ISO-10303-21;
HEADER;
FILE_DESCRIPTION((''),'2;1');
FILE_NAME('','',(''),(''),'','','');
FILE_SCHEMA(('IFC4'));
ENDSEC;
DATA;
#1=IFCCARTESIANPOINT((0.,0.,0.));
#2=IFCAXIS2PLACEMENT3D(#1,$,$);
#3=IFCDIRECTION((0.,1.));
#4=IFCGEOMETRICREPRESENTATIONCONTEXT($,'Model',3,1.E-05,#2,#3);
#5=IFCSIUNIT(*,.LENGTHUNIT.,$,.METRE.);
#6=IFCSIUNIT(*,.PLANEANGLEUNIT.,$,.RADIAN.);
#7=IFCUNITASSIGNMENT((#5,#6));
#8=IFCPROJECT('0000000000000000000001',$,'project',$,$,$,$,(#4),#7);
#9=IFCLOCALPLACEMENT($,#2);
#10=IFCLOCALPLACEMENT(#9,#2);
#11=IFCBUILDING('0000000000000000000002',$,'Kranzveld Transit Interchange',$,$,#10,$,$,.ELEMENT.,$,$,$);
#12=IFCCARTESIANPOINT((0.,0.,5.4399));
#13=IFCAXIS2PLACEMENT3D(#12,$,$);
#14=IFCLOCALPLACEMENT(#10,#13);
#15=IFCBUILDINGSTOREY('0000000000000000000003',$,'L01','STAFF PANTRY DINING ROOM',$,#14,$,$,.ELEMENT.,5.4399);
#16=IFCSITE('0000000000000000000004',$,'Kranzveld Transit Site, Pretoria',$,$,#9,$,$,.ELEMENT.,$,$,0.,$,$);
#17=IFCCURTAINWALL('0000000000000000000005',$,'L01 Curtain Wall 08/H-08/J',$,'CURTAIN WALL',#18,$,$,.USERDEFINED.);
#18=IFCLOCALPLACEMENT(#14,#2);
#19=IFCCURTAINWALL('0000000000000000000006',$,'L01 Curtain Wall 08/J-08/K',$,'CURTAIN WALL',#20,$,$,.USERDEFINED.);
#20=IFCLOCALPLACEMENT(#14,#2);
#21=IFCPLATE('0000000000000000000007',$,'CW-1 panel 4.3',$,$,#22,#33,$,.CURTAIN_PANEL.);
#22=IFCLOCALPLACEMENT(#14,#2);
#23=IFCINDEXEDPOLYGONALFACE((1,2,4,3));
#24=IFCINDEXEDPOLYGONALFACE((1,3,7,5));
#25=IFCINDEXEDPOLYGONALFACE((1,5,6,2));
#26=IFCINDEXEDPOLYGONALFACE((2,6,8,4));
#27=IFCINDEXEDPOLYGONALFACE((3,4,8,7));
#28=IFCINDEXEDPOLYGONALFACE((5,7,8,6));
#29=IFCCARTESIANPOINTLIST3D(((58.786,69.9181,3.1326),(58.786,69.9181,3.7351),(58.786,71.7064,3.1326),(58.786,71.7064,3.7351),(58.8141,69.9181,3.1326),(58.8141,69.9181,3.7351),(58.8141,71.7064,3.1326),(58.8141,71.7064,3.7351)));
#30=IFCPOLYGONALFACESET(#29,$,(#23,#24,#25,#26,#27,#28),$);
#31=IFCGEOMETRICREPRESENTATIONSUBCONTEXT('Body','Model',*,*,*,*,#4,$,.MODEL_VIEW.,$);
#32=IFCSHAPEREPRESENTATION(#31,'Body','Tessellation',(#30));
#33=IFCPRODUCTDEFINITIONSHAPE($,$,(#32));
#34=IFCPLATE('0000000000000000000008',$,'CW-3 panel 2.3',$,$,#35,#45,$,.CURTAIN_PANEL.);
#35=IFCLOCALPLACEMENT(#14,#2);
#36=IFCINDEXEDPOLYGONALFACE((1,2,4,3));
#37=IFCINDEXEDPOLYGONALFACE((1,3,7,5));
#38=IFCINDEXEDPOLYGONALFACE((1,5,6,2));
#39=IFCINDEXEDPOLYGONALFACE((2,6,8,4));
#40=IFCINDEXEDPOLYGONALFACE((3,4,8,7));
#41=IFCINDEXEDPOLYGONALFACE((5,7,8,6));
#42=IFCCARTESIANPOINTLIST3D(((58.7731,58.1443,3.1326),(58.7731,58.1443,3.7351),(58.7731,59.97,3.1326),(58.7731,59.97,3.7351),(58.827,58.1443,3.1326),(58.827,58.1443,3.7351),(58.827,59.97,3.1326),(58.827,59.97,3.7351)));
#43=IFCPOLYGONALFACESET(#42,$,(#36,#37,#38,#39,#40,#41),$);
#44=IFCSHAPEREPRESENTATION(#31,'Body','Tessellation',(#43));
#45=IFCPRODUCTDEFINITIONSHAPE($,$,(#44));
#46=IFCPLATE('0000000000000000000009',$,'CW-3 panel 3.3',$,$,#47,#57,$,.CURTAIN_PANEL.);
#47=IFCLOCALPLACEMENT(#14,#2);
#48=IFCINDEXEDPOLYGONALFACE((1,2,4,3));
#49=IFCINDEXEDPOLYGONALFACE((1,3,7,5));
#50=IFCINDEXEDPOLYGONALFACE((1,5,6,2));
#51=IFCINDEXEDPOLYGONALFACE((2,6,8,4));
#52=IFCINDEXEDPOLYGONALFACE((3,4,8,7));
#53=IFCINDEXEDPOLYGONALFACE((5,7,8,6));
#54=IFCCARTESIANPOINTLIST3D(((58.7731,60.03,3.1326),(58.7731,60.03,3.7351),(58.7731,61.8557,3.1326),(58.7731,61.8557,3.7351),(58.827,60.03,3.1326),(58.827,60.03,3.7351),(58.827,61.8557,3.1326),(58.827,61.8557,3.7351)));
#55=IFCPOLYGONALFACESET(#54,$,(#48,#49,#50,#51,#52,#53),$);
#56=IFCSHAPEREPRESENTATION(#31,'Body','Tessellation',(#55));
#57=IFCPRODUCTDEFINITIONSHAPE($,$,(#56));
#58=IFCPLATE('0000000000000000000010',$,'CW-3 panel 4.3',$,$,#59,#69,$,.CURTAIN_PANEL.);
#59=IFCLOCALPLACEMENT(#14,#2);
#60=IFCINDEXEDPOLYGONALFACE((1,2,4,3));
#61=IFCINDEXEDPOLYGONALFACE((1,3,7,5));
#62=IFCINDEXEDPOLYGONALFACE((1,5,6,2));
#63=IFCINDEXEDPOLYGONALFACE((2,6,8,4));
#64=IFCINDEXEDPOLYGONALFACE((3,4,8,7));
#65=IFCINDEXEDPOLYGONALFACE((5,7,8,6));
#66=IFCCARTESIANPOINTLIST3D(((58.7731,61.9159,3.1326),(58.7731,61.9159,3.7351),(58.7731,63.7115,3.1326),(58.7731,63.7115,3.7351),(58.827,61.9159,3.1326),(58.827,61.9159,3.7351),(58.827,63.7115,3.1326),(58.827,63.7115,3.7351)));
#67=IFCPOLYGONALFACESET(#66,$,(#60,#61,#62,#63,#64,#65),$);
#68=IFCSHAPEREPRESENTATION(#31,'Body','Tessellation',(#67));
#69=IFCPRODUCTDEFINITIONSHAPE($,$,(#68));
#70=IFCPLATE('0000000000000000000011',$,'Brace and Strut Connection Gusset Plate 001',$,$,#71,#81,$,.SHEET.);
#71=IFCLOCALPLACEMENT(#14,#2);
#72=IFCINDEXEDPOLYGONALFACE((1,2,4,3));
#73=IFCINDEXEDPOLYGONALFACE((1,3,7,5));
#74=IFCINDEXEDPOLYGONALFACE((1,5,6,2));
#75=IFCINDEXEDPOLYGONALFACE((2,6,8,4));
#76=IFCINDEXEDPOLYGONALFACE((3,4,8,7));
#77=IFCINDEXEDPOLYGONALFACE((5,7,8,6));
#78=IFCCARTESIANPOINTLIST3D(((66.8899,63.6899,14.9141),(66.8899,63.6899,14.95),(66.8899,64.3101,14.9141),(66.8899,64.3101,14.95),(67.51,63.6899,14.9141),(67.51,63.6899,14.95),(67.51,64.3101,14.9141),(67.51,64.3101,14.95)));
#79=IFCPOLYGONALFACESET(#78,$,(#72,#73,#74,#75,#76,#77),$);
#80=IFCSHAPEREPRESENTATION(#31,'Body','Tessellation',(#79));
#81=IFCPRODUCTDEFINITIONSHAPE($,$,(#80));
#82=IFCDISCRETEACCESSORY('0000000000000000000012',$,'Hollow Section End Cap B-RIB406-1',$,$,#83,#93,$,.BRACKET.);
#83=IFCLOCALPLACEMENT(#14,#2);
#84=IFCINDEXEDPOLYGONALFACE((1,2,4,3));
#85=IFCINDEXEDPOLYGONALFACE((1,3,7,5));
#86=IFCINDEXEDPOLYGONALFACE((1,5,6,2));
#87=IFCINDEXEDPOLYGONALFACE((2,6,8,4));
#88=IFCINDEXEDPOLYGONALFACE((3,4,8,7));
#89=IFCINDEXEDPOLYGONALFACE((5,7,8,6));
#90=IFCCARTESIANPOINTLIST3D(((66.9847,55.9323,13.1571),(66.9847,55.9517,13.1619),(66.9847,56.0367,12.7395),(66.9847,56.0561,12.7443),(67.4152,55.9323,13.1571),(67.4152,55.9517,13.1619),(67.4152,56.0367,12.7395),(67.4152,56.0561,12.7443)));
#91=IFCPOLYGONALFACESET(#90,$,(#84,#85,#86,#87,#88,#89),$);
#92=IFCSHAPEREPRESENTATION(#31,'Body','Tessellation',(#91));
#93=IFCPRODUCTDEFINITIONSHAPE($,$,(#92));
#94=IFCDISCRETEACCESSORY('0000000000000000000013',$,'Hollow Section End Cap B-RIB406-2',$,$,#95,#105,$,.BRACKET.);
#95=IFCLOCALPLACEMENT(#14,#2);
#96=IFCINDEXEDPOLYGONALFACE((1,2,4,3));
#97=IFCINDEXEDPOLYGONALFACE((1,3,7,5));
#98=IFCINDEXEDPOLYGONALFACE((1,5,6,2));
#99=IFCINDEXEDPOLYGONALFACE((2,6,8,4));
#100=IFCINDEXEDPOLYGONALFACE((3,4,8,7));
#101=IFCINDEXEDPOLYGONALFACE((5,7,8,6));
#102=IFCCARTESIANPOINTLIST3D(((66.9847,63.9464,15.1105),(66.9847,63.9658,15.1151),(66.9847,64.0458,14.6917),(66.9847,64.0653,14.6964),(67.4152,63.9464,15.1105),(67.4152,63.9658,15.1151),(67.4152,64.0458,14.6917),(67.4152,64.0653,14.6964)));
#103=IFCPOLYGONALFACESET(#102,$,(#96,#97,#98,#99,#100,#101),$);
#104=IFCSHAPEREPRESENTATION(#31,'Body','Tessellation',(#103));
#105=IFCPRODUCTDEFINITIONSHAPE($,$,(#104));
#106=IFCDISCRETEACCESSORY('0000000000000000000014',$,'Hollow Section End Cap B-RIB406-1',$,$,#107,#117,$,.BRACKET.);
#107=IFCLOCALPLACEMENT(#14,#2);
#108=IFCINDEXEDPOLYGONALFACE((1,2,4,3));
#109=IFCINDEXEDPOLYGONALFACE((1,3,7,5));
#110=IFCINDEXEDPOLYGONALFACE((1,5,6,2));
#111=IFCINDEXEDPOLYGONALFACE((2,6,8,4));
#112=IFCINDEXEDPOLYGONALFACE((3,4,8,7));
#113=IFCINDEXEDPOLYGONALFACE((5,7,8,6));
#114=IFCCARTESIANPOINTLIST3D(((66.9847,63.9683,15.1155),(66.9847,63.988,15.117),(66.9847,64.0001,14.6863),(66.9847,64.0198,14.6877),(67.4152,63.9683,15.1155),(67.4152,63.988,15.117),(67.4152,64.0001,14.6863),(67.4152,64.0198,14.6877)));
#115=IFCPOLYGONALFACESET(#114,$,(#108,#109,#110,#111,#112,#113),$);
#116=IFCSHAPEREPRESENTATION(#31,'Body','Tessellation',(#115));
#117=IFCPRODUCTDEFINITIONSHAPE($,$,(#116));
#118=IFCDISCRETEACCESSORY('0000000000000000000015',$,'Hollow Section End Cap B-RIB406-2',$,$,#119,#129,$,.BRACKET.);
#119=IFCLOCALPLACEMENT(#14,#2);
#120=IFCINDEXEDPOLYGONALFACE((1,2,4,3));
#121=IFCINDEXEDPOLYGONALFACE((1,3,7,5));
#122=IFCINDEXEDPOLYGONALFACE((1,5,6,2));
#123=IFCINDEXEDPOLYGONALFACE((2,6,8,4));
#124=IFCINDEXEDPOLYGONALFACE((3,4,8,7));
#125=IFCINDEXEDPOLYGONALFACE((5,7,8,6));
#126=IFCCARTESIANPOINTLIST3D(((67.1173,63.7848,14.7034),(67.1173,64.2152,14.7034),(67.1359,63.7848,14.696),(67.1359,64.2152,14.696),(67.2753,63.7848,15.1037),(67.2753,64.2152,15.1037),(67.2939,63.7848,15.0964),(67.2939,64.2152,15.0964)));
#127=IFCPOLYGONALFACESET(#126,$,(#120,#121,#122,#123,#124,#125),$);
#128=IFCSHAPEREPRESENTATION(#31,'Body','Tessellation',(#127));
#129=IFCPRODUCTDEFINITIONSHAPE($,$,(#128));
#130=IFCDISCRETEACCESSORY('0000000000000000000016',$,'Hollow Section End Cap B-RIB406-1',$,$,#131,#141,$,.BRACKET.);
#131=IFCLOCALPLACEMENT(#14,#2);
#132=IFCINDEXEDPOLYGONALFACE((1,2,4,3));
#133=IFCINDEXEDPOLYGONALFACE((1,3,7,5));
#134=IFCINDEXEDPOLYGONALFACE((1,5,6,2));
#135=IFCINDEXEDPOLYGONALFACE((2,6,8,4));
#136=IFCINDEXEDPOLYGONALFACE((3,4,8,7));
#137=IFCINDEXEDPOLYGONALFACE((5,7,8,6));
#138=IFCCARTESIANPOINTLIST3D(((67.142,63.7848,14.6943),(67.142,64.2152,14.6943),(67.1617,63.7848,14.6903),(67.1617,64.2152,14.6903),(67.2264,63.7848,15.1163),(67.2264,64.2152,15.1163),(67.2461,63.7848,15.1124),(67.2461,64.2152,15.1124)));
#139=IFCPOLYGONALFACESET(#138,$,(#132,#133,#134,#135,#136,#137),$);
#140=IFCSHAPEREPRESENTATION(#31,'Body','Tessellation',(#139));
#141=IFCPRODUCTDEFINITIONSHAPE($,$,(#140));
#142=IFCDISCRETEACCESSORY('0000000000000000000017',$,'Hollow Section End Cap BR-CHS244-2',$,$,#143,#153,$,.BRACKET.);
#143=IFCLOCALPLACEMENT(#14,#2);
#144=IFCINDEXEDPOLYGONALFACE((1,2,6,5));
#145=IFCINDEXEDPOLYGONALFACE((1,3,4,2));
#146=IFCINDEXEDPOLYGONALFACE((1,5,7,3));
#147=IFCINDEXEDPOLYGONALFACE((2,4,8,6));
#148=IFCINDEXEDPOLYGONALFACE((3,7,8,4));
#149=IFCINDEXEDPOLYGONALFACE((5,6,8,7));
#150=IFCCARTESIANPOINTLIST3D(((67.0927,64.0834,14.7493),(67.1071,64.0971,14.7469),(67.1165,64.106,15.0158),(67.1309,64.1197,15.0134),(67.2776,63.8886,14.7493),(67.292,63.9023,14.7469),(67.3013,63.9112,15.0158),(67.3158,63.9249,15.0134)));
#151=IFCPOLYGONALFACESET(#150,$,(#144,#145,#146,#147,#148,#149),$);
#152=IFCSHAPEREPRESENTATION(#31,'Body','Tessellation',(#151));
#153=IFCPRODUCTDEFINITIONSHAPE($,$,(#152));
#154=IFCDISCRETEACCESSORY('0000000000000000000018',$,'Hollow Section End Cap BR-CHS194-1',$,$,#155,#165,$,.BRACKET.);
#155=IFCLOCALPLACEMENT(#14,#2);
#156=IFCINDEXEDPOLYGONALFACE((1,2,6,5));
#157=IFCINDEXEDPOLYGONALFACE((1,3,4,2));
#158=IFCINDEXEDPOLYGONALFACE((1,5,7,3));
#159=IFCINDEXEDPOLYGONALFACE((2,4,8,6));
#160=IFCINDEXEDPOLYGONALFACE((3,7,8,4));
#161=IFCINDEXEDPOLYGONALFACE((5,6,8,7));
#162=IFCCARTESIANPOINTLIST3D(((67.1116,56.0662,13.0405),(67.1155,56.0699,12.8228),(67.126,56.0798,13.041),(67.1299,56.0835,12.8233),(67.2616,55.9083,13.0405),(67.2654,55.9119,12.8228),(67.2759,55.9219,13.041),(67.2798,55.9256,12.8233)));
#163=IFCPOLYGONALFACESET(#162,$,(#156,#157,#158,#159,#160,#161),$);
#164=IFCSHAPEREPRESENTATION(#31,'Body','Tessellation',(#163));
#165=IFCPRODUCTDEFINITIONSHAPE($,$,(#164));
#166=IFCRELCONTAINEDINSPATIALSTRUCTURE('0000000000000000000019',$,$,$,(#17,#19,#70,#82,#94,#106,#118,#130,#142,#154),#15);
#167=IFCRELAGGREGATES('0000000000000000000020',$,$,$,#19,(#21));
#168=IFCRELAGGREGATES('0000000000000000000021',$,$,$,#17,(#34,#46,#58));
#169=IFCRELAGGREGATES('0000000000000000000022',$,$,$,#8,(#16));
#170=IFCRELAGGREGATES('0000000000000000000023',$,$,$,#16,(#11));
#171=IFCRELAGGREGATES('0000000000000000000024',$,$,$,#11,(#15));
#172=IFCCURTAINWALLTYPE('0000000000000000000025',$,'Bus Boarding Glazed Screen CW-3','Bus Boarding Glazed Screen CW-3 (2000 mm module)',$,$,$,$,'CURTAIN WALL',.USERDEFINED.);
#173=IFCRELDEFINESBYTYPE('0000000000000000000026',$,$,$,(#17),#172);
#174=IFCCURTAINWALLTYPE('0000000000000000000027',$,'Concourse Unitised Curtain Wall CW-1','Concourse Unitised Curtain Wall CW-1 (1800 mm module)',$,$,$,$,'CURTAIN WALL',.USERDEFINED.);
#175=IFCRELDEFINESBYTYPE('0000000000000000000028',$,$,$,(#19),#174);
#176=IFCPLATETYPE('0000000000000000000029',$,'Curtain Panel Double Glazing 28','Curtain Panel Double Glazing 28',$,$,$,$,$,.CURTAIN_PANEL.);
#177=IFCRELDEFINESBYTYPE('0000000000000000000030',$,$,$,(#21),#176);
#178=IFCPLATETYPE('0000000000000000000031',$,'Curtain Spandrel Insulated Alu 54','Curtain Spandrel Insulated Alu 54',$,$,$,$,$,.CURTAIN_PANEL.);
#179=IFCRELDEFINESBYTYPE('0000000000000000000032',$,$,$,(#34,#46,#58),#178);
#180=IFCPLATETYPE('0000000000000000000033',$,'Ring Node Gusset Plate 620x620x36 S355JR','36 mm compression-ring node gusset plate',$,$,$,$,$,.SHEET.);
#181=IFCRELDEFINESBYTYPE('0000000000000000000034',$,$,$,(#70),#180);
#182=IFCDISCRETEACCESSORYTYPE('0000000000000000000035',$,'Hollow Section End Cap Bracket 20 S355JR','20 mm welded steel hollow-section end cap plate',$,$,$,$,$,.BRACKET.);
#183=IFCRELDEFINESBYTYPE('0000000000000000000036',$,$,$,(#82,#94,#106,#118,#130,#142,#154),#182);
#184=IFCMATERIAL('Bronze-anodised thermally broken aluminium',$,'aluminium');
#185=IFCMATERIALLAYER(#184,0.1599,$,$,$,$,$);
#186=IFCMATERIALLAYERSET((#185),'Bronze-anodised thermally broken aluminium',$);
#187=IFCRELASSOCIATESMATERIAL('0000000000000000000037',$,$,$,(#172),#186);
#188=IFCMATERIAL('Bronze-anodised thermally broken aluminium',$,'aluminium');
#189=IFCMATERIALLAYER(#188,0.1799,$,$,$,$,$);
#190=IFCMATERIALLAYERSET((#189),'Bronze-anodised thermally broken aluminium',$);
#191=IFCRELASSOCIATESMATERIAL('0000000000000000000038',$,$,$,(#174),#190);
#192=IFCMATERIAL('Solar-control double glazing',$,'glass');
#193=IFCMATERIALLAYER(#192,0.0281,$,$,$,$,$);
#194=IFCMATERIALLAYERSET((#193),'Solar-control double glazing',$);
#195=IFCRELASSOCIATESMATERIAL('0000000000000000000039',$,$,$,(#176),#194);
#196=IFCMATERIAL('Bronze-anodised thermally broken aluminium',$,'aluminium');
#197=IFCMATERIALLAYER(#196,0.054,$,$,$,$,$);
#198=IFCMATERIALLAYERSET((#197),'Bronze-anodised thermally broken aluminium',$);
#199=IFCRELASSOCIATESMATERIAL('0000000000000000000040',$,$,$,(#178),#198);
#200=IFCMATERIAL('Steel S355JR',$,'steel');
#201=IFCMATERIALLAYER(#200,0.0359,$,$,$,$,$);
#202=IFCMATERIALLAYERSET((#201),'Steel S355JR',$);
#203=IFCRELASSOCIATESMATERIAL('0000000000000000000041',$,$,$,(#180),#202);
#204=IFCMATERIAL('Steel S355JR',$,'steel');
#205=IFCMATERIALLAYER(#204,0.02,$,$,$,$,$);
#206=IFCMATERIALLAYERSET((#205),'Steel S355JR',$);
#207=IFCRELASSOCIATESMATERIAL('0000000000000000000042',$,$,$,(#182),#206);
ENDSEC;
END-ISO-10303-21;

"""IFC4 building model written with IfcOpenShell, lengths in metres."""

from ifc_helpers import new_model, si_unit, direction, frame, origin, origin_2d, place, context, subcontext, project, spatial, rectangle, extrude, material, layer, layer_set, type_object, element, aggregate, save


model = new_model("IFC4")

# Units and contexts
model_context = context("Model", 3, precision=1e-05, world=origin(), true_north=direction((0.0, 1.0)))
body_context = subcontext(model_context, "Body", "Model", "MODEL_VIEW")
ifc_project = project(units=[si_unit("LENGTHUNIT", "METRE"), si_unit("PLANEANGLEUNIT", "RADIAN")], contexts=[model_context])

# Site, building, storey
site_placement = place(None, origin())
site = spatial("IfcSite", under=ifc_project, at=site_placement, Name="Kranzveld Transit Site, Pretoria", CompositionType="ELEMENT", RefElevation=0.0)
building_placement = place(site_placement, origin())
building = spatial("IfcBuilding", under=site, at=building_placement, Name="Kranzveld Transit Interchange", CompositionType="ELEMENT")
storey_placement = place(building_placement, frame((0.0, 0.0, 5.4399)))
storey = spatial("IfcBuildingStorey", under=building, at=storey_placement, Name="L01", Description="STAFF PANTRY DINING ROOM", CompositionType="ELEMENT", Elevation=5.4399)

# Curtain walls
ifc_material_1 = material(Name="Bronze-anodised thermally broken aluminium", Category="aluminium")
ifc_layer_1 = layer(ifc_material_1, 0.1599)
ifc_layer_set_1 = layer_set([ifc_layer_1], Name="Bronze-anodised thermally broken aluminium")
curtain_wall_type_1 = type_object("IfcCurtainWallType", Name="Bus Boarding Glazed Screen CW-3", Description="Bus Boarding Glazed Screen CW-3 (2000 mm module)", ElementType="CURTAIN WALL", PredefinedType="USERDEFINED", material=ifc_layer_set_1)
curtain_wall_1_placement = place(storey_placement, origin())
curtain_wall_1 = element("IfcCurtainWall", 1, at=curtain_wall_1_placement, inside=storey, type_object=curtain_wall_type_1, Name="L01 Curtain Wall 08/H-08/J", ObjectType="CURTAIN WALL", PredefinedType="USERDEFINED")
ifc_material_2 = material(Name="Bronze-anodised thermally broken aluminium", Category="aluminium")
ifc_layer_2 = layer(ifc_material_2, 0.1799)
ifc_layer_set_2 = layer_set([ifc_layer_2], Name="Bronze-anodised thermally broken aluminium")
curtain_wall_type_2 = type_object("IfcCurtainWallType", Name="Concourse Unitised Curtain Wall CW-1", Description="Concourse Unitised Curtain Wall CW-1 (1800 mm module)", ElementType="CURTAIN WALL", PredefinedType="USERDEFINED", material=ifc_layer_set_2)
curtain_wall_2_placement = place(storey_placement, origin())
curtain_wall_2 = element("IfcCurtainWall", 2, at=curtain_wall_2_placement, inside=storey, type_object=curtain_wall_type_2, Name="L01 Curtain Wall 08/J-08/K", ObjectType="CURTAIN WALL", PredefinedType="USERDEFINED")

# Plates
ifc_material_3 = material(Name="Solar-control double glazing", Category="glass")
ifc_layer_3 = layer(ifc_material_3, 0.0281)
ifc_layer_set_3 = layer_set([ifc_layer_3], Name="Solar-control double glazing")
plate_type_1 = type_object("IfcPlateType", Name="Curtain Panel Double Glazing 28", Description="Curtain Panel Double Glazing 28", PredefinedType="CURTAIN_PANEL", material=ifc_layer_set_3)
plate_1_placement = place(storey_placement, frame((58.8, 70.8123, 3.1326), z_axis=(0.0, 0.0, 1.0), x_axis=(0.0, 1.0, 0.0)))
plate_1 = element("IfcPlate", 3, at=plate_1_placement, type_object=plate_type_1, Name="CW-1 panel 4.3", PredefinedType="CURTAIN_PANEL", context=body_context, shape_type="SweptSolid", body=[
    extrude(rectangle(XDim=1.7883, YDim=0.0281, at=origin_2d()), origin(), (0.0, 0.0, 1.0), 0.6025),
])
aggregate(curtain_wall_2, [plate_1])
ifc_material_4 = material(Name="Bronze-anodised thermally broken aluminium", Category="aluminium")
ifc_layer_4 = layer(ifc_material_4, 0.054)
ifc_layer_set_4 = layer_set([ifc_layer_4], Name="Bronze-anodised thermally broken aluminium")
plate_type_2 = type_object("IfcPlateType", Name="Curtain Spandrel Insulated Alu 54", Description="Curtain Spandrel Insulated Alu 54", PredefinedType="CURTAIN_PANEL", material=ifc_layer_set_4)
plate_2_placement = place(storey_placement, frame((58.8, 59.0571, 3.1326), z_axis=(0.0, 0.0, 1.0), x_axis=(0.0, 1.0, 0.0)))
plate_2 = element("IfcPlate", 4, at=plate_2_placement, type_object=plate_type_2, Name="CW-3 panel 2.3", PredefinedType="CURTAIN_PANEL", context=body_context, shape_type="SweptSolid", body=[
    extrude(rectangle(XDim=1.8257, YDim=0.054, at=origin_2d()), origin(), (0.0, 0.0, 1.0), 0.6025),
])
plate_3_placement = place(storey_placement, frame((58.8, 60.9429, 3.1326), z_axis=(0.0, 0.0, 1.0), x_axis=(0.0, 1.0, 0.0)))
plate_3 = element("IfcPlate", 5, at=plate_3_placement, type_object=plate_type_2, Name="CW-3 panel 3.3", PredefinedType="CURTAIN_PANEL", context=body_context, shape_type="SweptSolid", body=[
    extrude(rectangle(XDim=1.8257, YDim=0.054, at=origin_2d()), origin(), (0.0, 0.0, 1.0), 0.6025),
])
plate_4_placement = place(storey_placement, frame((58.8, 62.8137, 3.1326), z_axis=(0.0, 0.0, 1.0), x_axis=(0.0, 1.0, 0.0)))
plate_4 = element("IfcPlate", 6, at=plate_4_placement, type_object=plate_type_2, Name="CW-3 panel 4.3", PredefinedType="CURTAIN_PANEL", context=body_context, shape_type="SweptSolid", body=[
    extrude(rectangle(XDim=1.7957, YDim=0.054, at=origin_2d()), origin(), (0.0, 0.0, 1.0), 0.6025),
])
aggregate(curtain_wall_1, [plate_2, plate_3, plate_4])
ifc_material_5 = material(Name="Steel S355JR", Category="steel")
ifc_layer_5 = layer(ifc_material_5, 0.0359)
ifc_layer_set_5 = layer_set([ifc_layer_5], Name="Steel S355JR")
plate_type_3 = type_object("IfcPlateType", Name="Ring Node Gusset Plate 620x620x36 S355JR", Description="36 mm compression-ring node gusset plate", PredefinedType="SHEET", material=ifc_layer_set_5)
plate_5_placement = place(storey_placement, frame((67.2, 64.0, 14.9141), z_axis=(0.0, 0.0, 1.0), x_axis=(1.0, 0.0, 0.0)))
element("IfcPlate", 7, at=plate_5_placement, inside=storey, type_object=plate_type_3, Name="Brace and Strut Connection Gusset Plate 001", PredefinedType="SHEET", context=body_context, shape_type="SweptSolid", body=[
    extrude(rectangle(XDim=0.6201, YDim=0.6201, at=origin_2d()), origin(), (0.0, 0.0, 1.0), 0.0359),
])

# Discrete accessories
ifc_material_6 = material(Name="Steel S355JR", Category="steel")
ifc_layer_6 = layer(ifc_material_6, 0.02)
ifc_layer_set_6 = layer_set([ifc_layer_6], Name="Steel S355JR")
discrete_accessory_type = type_object("IfcDiscreteAccessoryType", Name="Hollow Section End Cap Bracket 20 S355JR", Description="20 mm welded steel hollow-section end cap plate", PredefinedType="BRACKET", material=ifc_layer_set_6)
for number, where, z_axis, x_axis, name in (
    (8, (67.2, 56.0039, 12.9531), (0.0, -0.970143, -0.242536), (1.0, 0.0, 0.0), "Hollow Section End Cap B-RIB406-1"),
    (9, (67.2, 63.9961, 14.9011), (0.0, 0.972937, 0.231072), (-1.0, 0.0, 0.0), "Hollow Section End Cap B-RIB406-2"),
):
    element("IfcDiscreteAccessory", number, at=place(storey_placement, frame(where, z_axis=z_axis, x_axis=x_axis)), inside=storey, type_object=discrete_accessory_type, Name=name, PredefinedType="BRACKET", context=body_context, shape_type="SweptSolid", body=[
        extrude(rectangle(XDim=0.4304, YDim=0.4304, at=origin_2d()), origin(), (0.0, 0.0, 1.0), 0.02),
    ])
discrete_accessory_1_placement = place(storey_placement, frame((67.2, 64.0039, 14.9023), z_axis=(0.0, -0.997268, -0.073872), x_axis=(1.0, 0.0, 0.0)))
element("IfcDiscreteAccessory", 10, at=discrete_accessory_1_placement, inside=storey, type_object=discrete_accessory_type, Name="Hollow Section End Cap B-RIB406-1", PredefinedType="BRACKET", context=body_context, shape_type="SweptSolid", body=[
    extrude(rectangle(XDim=0.4304, YDim=0.4304, at=origin_2d()), origin(), (0.0, 0.0, 1.0), 0.0198),
])
for number, where, z_axis, x_axis, name in (
    (11, (67.1963, 64.0, 14.9036), (0.930155, 0.0, -0.367167), (0.0, 1.0, 0.0), "Hollow Section End Cap B-RIB406-2"),
    (12, (67.2039, 64.0, 14.9014), (-0.980581, 0.0, 0.196116), (0.0, -1.0, 0.0), "Hollow Section End Cap B-RIB406-1"),
):
    element("IfcDiscreteAccessory", number, at=place(storey_placement, frame(where, z_axis=z_axis, x_axis=x_axis)), inside=storey, type_object=discrete_accessory_type, Name=name, PredefinedType="BRACKET", context=body_context, shape_type="SweptSolid", body=[
        extrude(rectangle(XDim=0.4304, YDim=0.4304, at=origin_2d()), origin(), (0.0, 0.0, 1.0), 0.02),
    ])
discrete_accessory_2_placement = place(storey_placement, frame((67.197, 63.9973, 14.8826), z_axis=(0.719887, 0.683283, -0.122015), x_axis=(-0.688426, 0.725306, 0.0)))
element("IfcDiscreteAccessory", 13, at=discrete_accessory_2_placement, inside=storey, type_object=discrete_accessory_type, Name="Hollow Section End Cap BR-CHS244-2", PredefinedType="BRACKET", context=body_context, shape_type="SweptSolid", body=[
    extrude(rectangle(XDim=0.2686, YDim=0.2686, at=origin_2d()), origin(), (0.0, 0.0, 1.0), 0.02),
])
discrete_accessory_3_placement = place(storey_placement, frame((67.2029, 56.0027, 12.9321), z_axis=(-0.725087, -0.688218, -0.024579), x_axis=(0.688426, -0.725306, 0.0)))
element("IfcDiscreteAccessory", 14, at=discrete_accessory_3_placement, inside=storey, type_object=discrete_accessory_type, Name="Hollow Section End Cap BR-CHS194-1", PredefinedType="BRACKET", context=body_context, shape_type="SweptSolid", body=[
    extrude(rectangle(XDim=0.2178, YDim=0.2178, at=origin_2d()), origin(), (0.0, 0.0, 1.0), 0.0198),
])

save(model, "model.ifc")
